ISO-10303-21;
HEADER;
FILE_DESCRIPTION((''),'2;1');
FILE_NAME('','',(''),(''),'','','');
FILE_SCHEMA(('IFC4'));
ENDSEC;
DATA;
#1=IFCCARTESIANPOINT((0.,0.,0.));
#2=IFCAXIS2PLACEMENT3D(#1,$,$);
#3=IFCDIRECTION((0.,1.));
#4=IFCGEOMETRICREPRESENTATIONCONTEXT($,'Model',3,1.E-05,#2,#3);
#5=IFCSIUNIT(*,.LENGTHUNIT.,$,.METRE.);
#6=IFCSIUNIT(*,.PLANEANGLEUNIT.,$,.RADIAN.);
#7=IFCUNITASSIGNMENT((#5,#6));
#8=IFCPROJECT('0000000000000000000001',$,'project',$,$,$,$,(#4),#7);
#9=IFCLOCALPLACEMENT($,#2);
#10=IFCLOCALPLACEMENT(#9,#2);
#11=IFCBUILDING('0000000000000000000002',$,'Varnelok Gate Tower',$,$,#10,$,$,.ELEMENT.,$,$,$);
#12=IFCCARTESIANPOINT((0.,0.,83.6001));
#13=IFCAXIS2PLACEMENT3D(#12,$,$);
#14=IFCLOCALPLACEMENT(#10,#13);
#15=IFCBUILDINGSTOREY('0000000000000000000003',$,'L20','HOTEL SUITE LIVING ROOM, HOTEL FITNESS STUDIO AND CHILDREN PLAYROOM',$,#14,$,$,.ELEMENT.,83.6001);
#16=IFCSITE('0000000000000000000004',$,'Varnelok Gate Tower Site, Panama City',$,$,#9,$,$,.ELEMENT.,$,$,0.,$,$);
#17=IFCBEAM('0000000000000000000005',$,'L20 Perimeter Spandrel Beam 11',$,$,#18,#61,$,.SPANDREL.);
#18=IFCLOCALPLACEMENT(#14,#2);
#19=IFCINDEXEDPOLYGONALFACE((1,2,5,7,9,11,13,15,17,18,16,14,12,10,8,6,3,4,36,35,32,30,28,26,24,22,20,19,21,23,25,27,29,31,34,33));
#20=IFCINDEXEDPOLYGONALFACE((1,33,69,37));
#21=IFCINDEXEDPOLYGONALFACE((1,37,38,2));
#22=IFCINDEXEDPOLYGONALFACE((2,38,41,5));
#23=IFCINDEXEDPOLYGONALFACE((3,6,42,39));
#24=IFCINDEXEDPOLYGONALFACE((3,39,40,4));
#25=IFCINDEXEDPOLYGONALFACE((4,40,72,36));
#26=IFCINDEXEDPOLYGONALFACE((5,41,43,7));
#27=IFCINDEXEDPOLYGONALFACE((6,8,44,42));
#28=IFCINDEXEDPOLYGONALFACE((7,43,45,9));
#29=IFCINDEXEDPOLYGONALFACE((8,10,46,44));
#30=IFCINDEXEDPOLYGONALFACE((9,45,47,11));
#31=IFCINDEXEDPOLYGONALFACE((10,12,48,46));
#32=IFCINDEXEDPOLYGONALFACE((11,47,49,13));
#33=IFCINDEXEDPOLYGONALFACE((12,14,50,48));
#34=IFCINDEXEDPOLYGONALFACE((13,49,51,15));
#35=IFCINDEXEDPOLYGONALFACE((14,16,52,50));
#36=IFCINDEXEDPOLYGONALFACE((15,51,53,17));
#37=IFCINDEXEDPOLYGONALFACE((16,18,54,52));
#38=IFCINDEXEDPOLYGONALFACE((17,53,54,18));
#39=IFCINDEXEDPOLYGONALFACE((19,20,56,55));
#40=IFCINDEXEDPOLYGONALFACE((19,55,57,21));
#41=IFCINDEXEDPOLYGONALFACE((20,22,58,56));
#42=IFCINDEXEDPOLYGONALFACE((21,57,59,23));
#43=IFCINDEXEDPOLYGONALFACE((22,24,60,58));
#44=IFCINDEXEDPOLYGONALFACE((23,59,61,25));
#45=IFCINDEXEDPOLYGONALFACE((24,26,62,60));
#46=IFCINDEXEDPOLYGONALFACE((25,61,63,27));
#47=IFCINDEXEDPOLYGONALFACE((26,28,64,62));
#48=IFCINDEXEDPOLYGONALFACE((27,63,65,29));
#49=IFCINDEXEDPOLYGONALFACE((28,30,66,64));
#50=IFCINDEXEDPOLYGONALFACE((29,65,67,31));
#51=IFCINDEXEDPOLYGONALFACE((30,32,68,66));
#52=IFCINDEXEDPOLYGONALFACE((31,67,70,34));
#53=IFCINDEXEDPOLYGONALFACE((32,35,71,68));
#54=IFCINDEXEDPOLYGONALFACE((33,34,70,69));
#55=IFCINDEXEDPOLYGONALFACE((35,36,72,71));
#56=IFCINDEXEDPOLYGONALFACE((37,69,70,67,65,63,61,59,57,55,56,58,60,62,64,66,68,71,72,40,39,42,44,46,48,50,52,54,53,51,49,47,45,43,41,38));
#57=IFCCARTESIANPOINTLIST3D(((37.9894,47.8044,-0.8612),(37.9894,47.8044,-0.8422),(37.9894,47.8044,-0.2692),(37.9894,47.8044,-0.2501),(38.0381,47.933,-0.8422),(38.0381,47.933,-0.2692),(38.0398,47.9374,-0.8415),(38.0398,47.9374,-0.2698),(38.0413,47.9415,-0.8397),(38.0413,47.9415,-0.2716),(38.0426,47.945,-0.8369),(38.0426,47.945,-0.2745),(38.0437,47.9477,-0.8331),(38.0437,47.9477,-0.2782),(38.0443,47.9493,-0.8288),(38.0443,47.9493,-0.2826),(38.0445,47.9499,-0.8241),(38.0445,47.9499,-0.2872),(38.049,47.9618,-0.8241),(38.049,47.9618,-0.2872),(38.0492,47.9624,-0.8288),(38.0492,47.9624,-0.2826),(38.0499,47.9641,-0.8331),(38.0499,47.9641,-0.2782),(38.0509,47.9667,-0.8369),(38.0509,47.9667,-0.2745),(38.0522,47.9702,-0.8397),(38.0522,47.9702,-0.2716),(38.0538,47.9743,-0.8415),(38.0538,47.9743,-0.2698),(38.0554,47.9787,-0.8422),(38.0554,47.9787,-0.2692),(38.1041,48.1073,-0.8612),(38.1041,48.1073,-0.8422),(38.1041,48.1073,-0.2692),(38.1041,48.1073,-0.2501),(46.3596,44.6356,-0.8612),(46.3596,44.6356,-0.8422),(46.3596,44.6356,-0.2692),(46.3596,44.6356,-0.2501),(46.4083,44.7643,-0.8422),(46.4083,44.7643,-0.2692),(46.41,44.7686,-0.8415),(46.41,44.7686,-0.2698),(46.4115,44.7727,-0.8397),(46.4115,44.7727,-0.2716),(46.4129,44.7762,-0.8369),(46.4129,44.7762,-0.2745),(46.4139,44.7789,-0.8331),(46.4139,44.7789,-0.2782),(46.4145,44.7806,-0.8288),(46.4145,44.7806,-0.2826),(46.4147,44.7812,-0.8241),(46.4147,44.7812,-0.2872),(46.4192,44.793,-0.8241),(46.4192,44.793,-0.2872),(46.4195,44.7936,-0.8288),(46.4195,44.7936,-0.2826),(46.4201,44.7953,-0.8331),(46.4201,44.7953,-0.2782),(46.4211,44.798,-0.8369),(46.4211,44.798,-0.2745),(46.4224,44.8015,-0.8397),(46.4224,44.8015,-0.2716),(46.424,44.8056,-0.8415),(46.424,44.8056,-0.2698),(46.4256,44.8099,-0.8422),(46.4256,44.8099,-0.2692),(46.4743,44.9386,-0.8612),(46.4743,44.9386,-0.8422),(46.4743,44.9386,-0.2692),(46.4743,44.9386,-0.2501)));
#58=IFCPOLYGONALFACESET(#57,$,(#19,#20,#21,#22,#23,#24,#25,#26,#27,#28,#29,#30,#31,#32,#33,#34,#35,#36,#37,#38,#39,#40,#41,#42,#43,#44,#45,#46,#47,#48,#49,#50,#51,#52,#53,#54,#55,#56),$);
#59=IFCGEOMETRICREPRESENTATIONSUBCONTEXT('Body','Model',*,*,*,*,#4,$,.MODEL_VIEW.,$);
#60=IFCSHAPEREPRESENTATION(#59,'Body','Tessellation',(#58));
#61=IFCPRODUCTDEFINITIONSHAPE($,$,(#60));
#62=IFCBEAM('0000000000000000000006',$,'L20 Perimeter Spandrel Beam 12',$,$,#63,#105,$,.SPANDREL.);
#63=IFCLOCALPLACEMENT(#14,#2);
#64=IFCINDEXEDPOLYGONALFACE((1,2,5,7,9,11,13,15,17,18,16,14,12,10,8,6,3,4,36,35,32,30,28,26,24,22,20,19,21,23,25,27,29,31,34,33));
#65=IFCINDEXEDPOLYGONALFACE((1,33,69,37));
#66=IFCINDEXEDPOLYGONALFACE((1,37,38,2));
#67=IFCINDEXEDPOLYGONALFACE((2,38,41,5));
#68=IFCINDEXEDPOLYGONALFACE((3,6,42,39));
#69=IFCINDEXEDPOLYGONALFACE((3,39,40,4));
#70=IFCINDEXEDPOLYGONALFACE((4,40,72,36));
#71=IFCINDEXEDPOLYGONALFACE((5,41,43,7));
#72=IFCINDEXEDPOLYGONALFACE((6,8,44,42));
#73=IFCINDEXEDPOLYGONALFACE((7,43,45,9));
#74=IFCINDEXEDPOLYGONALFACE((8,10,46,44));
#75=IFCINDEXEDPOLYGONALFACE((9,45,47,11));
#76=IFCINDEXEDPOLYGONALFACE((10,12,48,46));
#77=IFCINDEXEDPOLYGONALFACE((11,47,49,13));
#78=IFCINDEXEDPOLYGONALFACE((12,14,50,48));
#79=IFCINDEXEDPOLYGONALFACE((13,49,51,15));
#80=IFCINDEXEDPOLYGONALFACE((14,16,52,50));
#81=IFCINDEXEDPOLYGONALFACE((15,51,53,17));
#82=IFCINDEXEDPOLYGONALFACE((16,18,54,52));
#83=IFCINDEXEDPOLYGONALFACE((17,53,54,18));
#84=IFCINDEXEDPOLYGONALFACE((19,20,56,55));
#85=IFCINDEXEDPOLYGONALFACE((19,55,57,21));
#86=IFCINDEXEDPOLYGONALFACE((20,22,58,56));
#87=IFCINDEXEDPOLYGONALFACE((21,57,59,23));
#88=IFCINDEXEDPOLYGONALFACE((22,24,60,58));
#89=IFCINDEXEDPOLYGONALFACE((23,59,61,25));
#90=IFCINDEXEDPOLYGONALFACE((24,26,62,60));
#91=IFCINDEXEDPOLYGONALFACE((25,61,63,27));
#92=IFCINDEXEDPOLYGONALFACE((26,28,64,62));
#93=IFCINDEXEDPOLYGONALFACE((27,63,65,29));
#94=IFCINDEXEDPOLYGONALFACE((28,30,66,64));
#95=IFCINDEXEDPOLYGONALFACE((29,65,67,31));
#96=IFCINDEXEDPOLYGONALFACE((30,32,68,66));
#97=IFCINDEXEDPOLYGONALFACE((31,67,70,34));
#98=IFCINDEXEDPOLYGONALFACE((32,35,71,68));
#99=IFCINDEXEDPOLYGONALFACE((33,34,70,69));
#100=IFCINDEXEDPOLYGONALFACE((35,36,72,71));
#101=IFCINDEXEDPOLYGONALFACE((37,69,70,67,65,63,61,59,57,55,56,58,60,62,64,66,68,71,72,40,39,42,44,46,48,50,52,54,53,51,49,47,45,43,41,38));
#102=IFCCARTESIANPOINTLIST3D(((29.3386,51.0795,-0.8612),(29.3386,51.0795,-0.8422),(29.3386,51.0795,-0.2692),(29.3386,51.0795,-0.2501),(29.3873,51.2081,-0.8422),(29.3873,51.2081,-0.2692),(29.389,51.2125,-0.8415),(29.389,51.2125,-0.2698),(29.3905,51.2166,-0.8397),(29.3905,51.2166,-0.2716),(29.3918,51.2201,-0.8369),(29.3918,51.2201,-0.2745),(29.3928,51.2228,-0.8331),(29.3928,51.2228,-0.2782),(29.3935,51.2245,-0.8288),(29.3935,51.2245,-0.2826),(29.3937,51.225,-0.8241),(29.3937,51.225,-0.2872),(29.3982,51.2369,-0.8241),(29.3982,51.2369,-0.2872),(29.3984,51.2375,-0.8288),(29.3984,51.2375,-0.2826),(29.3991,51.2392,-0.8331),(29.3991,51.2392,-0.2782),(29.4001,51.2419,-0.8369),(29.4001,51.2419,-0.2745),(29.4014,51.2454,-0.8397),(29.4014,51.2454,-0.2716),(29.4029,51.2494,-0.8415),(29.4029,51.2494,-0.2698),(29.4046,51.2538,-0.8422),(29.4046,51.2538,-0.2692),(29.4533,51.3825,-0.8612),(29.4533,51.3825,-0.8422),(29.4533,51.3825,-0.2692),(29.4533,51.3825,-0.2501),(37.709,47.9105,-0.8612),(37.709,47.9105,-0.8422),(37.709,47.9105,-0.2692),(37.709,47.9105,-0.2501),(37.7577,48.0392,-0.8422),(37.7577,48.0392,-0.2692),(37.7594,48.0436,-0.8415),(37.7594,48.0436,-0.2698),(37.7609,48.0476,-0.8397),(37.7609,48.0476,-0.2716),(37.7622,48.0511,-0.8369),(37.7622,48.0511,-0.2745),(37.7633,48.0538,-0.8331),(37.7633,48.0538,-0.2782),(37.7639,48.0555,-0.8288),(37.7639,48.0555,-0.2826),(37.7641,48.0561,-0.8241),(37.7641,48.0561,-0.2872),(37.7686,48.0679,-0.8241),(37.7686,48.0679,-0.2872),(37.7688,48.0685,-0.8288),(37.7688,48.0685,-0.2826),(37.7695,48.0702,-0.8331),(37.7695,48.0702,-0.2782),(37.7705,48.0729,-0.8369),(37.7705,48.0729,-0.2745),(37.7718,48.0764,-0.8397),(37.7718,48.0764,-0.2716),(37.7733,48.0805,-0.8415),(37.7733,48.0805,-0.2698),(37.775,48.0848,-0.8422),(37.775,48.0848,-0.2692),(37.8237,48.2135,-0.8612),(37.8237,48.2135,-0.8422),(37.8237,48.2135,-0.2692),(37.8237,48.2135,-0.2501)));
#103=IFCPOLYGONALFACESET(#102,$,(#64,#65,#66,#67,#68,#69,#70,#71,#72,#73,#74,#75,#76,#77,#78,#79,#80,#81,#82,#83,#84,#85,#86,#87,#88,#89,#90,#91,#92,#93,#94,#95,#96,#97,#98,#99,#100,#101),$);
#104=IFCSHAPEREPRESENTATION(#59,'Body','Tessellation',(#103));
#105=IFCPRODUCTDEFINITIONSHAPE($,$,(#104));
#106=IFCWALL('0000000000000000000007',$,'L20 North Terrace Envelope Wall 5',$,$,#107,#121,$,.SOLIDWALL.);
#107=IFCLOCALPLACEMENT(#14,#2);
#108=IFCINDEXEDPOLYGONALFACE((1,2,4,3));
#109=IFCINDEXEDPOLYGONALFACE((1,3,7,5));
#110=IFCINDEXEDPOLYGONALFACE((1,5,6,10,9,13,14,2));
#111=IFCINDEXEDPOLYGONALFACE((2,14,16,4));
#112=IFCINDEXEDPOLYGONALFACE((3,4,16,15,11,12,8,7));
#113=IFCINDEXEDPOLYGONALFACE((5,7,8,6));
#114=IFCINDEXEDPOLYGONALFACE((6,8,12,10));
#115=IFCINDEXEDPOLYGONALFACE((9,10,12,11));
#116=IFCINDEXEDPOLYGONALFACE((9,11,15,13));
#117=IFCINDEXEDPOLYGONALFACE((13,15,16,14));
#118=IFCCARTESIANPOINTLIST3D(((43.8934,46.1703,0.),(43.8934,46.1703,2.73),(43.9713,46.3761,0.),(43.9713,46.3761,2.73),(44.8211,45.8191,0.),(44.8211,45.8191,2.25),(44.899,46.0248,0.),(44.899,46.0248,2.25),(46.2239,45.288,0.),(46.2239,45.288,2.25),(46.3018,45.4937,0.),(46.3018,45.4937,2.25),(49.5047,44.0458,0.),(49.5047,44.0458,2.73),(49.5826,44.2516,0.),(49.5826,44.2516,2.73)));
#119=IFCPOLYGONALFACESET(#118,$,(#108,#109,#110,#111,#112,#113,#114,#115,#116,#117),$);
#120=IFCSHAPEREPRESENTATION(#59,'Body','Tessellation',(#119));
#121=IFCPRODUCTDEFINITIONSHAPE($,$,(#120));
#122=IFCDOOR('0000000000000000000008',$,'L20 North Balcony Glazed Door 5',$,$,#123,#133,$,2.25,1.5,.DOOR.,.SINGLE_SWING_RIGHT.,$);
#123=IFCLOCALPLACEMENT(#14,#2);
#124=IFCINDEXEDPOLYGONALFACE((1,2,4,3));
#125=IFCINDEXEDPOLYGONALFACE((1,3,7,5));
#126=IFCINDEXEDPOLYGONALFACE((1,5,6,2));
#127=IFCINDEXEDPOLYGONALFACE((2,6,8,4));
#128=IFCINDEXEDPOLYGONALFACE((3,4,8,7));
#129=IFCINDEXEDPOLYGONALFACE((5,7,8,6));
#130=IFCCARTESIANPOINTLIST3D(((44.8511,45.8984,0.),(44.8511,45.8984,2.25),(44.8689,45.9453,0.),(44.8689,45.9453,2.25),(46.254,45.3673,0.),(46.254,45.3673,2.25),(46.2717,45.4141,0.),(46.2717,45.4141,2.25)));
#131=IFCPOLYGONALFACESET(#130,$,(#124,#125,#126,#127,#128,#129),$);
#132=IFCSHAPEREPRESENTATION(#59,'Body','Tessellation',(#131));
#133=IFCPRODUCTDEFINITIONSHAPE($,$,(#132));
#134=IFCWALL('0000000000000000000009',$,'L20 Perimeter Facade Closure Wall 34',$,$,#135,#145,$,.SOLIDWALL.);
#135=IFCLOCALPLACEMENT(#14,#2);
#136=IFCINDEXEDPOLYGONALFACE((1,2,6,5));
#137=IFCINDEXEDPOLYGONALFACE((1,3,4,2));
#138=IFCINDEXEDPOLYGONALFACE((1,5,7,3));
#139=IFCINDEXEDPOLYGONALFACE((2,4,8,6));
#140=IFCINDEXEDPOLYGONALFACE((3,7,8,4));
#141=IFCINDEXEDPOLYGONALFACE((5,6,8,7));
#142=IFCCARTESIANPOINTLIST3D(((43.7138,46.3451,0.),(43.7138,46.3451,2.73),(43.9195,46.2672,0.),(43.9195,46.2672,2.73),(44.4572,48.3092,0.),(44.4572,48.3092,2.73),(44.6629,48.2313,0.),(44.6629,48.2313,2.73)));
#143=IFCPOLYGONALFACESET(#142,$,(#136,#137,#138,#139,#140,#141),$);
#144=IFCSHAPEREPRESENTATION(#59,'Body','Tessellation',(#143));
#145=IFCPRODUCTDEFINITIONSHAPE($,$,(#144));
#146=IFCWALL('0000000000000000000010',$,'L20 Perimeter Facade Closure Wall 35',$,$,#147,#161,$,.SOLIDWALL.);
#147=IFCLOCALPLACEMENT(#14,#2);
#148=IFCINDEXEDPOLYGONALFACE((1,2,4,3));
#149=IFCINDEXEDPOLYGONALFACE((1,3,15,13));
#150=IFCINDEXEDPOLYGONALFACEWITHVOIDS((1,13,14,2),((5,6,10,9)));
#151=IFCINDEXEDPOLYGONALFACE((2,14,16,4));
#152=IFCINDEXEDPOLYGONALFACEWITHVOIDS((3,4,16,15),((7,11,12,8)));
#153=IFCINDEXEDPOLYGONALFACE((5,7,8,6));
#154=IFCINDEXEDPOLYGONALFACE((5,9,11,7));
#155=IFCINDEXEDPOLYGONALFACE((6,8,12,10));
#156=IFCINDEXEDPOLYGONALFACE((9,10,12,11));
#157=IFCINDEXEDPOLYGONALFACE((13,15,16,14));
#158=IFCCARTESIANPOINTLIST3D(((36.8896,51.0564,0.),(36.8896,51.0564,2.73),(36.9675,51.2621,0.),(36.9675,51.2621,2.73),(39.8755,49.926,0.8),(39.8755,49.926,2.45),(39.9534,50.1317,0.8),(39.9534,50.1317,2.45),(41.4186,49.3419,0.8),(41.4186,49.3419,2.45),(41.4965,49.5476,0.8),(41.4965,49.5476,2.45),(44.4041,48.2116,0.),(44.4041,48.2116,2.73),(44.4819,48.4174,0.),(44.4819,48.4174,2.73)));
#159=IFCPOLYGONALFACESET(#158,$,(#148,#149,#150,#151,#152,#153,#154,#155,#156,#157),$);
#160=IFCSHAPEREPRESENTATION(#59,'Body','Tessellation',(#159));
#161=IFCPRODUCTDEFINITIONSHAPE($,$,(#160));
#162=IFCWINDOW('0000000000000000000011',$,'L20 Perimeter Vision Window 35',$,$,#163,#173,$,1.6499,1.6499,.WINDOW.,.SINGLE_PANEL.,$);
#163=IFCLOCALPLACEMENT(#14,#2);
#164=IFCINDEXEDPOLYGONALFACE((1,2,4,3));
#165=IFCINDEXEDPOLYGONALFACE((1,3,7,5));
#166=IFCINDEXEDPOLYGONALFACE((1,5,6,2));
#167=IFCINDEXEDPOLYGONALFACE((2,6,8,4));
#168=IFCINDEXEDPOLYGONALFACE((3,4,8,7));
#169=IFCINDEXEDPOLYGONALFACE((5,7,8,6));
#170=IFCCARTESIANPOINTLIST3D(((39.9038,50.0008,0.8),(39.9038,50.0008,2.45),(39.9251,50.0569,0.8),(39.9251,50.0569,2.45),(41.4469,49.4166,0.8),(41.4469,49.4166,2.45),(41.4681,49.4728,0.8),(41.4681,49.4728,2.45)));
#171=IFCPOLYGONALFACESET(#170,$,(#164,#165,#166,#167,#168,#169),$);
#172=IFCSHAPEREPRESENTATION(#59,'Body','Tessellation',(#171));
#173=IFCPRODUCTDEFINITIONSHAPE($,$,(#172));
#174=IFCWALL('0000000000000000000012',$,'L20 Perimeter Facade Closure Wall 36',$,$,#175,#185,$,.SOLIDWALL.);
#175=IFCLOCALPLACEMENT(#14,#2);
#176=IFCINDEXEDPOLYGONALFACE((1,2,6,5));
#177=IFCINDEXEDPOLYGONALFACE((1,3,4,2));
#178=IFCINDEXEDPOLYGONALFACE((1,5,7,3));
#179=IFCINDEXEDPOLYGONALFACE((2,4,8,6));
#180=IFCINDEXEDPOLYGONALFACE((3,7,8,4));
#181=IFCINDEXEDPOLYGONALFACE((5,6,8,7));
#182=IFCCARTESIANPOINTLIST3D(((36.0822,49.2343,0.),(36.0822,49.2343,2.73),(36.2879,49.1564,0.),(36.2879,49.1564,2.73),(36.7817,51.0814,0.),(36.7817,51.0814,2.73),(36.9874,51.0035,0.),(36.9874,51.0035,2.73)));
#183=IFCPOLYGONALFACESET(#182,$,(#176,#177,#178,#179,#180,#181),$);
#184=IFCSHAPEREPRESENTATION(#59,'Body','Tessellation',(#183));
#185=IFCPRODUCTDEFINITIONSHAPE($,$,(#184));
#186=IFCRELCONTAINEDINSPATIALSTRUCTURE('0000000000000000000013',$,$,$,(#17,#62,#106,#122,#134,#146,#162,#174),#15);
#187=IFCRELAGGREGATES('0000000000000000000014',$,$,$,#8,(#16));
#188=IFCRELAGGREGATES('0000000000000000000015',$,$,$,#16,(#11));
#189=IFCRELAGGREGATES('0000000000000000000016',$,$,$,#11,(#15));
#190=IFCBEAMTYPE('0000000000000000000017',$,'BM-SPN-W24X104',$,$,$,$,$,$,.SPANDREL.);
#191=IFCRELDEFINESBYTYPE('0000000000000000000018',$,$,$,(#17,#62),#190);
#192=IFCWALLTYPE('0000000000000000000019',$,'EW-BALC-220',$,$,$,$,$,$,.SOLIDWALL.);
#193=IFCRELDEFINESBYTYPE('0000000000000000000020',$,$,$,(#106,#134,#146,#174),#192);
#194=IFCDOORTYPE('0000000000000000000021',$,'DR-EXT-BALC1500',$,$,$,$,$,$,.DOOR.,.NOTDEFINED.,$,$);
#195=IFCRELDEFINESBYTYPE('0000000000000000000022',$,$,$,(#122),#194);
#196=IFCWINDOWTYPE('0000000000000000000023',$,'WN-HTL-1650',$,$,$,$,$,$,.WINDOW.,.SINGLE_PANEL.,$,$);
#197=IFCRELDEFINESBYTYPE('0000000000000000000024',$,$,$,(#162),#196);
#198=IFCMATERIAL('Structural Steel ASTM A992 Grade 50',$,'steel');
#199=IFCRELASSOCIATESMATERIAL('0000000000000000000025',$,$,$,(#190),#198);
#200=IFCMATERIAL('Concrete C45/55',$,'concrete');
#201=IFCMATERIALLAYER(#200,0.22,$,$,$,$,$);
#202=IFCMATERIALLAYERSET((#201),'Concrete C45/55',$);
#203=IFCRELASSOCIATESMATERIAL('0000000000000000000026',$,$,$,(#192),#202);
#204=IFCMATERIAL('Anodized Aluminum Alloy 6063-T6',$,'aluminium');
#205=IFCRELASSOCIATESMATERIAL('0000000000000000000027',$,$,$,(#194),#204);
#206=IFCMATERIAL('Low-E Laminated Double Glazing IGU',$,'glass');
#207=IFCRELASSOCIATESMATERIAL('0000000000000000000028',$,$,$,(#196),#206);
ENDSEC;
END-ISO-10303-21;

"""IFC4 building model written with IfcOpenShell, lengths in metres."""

from ifc_helpers import new_model, si_unit, direction, frame, frame_2d, origin, origin_2d, place, context, subcontext, project, spatial, rectangle, i_section, extrude, material, layer, layer_set, material_profile, profile_set, type_object, element, fill, save


model = new_model("IFC4")

# Units and contexts
model_context = context("Model", 3, precision=1e-05, world=origin(), true_north=direction((0.0, 1.0)))
body_context = subcontext(model_context, "Body", "Model", "MODEL_VIEW")
ifc_project = project(units=[si_unit("LENGTHUNIT", "METRE"), si_unit("PLANEANGLEUNIT", "RADIAN")], contexts=[model_context])

# Site, building, storey
site_placement = place(None, origin())
site = spatial("IfcSite", under=ifc_project, at=site_placement, Name="Varnelok Gate Tower Site, Panama City", CompositionType="ELEMENT", RefElevation=0.0)
building_placement = place(site_placement, origin())
building = spatial("IfcBuilding", under=site, at=building_placement, Name="Varnelok Gate Tower", CompositionType="ELEMENT")
storey_placement = place(building_placement, frame((0.0, 0.0, 83.6001)))
storey = spatial("IfcBuildingStorey", under=building, at=storey_placement, Name="L20", Description="HOTEL SUITE LIVING ROOM, HOTEL FITNESS STUDIO AND CHILDREN PLAYROOM", CompositionType="ELEMENT", Elevation=83.6001)

# Shared definitions
ifc_material_1 = material(Name="Structural Steel ASTM A992 Grade 50", Category="steel")

# Beams
ifc_material_profile_1 = material_profile(ifc_material_1, i_section(OverallWidth=0.324, OverallDepth=0.6111, WebThickness=0.0127, FlangeThickness=0.019, FilletRadius=0.0181, at=origin_2d()), Name="W24X104")
ifc_profile_set_1 = profile_set([ifc_material_profile_1], Name="Structural Steel ASTM A992 Grade 50")
beam_type_1 = type_object("IfcBeamType", Name="BM-SPN-W24X104", PredefinedType="SPANDREL", material=ifc_profile_set_1)
beam_1_placement = place(storey_placement, frame((46.417, 44.7871, -0.5557), z_axis=(-0.935226, 0.354051, 0.0), x_axis=(-0.354051, -0.935226, 0.0)))
element("IfcBeam", 1, at=beam_1_placement, inside=storey, type_object=beam_type_1, Name="L20 Perimeter Spandrel Beam 11", PredefinedType="SPANDREL", context=body_context, shape_type="SweptSolid", body=[
    extrude(i_section(OverallWidth=0.324, OverallDepth=0.6111, WebThickness=0.0127, FlangeThickness=0.019, FilletRadius=0.0181, at=origin_2d()), origin(), (0.0, 0.0, 1.0), 8.95),
])
beam_2_placement = place(storey_placement, frame((37.7664, 48.062, -0.5557), z_axis=(-0.93522, 0.354066, 0.0), x_axis=(-0.354066, -0.93522, 0.0)))
element("IfcBeam", 2, at=beam_2_placement, inside=storey, type_object=beam_type_1, Name="L20 Perimeter Spandrel Beam 12", PredefinedType="SPANDREL", context=body_context, shape_type="SweptSolid", body=[
    extrude(i_section(OverallWidth=0.324, OverallDepth=0.6111, WebThickness=0.0127, FlangeThickness=0.019, FilletRadius=0.0181, at=origin_2d()), origin(), (0.0, 0.0, 1.0), 8.9502),
])

# Wall, opening, door
ifc_material_2 = material(Name="Concrete C45/55", Category="concrete")
ifc_layer_1 = layer(ifc_material_2, 0.22)
ifc_layer_set_1 = layer_set([ifc_layer_1], Name="Concrete C45/55")
wall_type_1 = type_object("IfcWallType", Name="EW-BALC-220", PredefinedType="SOLIDWALL", material=ifc_layer_set_1)
wall_1_placement = place(storey_placement, frame((43.9324, 46.2732, 0.0), z_axis=(0.0, 0.0, 1.0), x_axis=(0.935214, -0.354083, 0.0)))
wall_1 = element("IfcWall", 3, at=wall_1_placement, inside=storey, type_object=wall_type_1, Name="L20 North Terrace Envelope Wall 5", PredefinedType="SOLIDWALL", context=body_context, shape_type="SweptSolid", body=[
    extrude(rectangle(XDim=6.0, YDim=0.22, at=frame_2d((3.0, 0.0))), origin(), (0.0, 0.0, 1.0), 2.73),
])
opening_1_placement = place(wall_1_placement, frame((0.9919, 0.0, 0.0)))
opening_1 = element("IfcOpeningElement", 4, at=opening_1_placement, cuts=wall_1, PredefinedType="OPENING", context=body_context, shape_type="SweptSolid", body=[
    extrude(rectangle(XDim=1.5, YDim=2.25, at=frame_2d((0.75, 1.125))), frame((0.0, 0.1199, 0.0), z_axis=(0.0, -1.0, 0.0), x_axis=(1.0, 0.0, 0.0)), (0.0, 0.0, 1.0), 0.24),
])
ifc_material_3 = material(Name="Anodized Aluminum Alloy 6063-T6", Category="aluminium")
door_type_1 = type_object("IfcDoorType", Name="DR-EXT-BALC1500", OperationType="NOTDEFINED", PredefinedType="DOOR", material=ifc_material_3)
door_1_placement = place(opening_1_placement, origin())
door_1 = element("IfcDoor", 5, at=door_1_placement, inside=storey, type_object=door_type_1, Name="L20 North Balcony Glazed Door 5", OperationType="SINGLE_SWING_RIGHT", OverallHeight=2.25, OverallWidth=1.5, PredefinedType="DOOR", context=body_context, shape_type="SweptSolid", body=[
    extrude(rectangle(XDim=1.5, YDim=2.25, at=frame_2d((0.75, 1.125))), frame((0.0, 0.0249, 0.0), z_axis=(0.0, -1.0, 0.0), x_axis=(1.0, 0.0, 0.0)), (0.0, 0.0, 1.0), 0.05),
])
fill(opening_1, door_1)

# Wall
wall_2_placement = place(storey_placement, frame((43.8167, 46.3062, 0.0), z_axis=(0.0, 0.0, 1.0), x_axis=(0.353988, 0.93525, 0.0)))
element("IfcWall", 6, at=wall_2_placement, inside=storey, type_object=wall_type_1, Name="L20 Perimeter Facade Closure Wall 34", PredefinedType="SOLIDWALL", context=body_context, shape_type="SweptSolid", body=[
    extrude(rectangle(XDim=2.1001, YDim=0.22, at=frame_2d((1.05, 0.0))), origin(), (0.0, 0.0, 1.0), 2.73),
])

# Wall, opening, window
wall_3_placement = place(storey_placement, frame((44.4431, 48.3145, 0.0), z_axis=(0.0, 0.0, 1.0), x_axis=(-0.935227, 0.354049, 0.0)))
wall_3 = element("IfcWall", 7, at=wall_3_placement, inside=storey, type_object=wall_type_1, Name="L20 Perimeter Facade Closure Wall 35", PredefinedType="SOLIDWALL", context=body_context, shape_type="SweptSolid", body=[
    extrude(rectangle(XDim=8.0349, YDim=0.22, at=frame_2d((4.0176, 0.0))), origin(), (0.0, 0.0, 1.0), 2.73),
])
opening_2_placement = place(wall_3_placement, frame((3.1924, 0.0, 0.8)))
opening_2 = element("IfcOpeningElement", 8, at=opening_2_placement, cuts=wall_3, PredefinedType="OPENING", context=body_context, shape_type="SweptSolid", body=[
    extrude(rectangle(XDim=1.6499, YDim=1.6499, at=frame_2d((0.825, 0.825))), frame((0.0, 0.1199, 0.0), z_axis=(0.0, -1.0, 0.0), x_axis=(1.0, 0.0, 0.0)), (0.0, 0.0, 1.0), 0.24),
])
ifc_material_4 = material(Name="Low-E Laminated Double Glazing IGU", Category="glass")
window_type = type_object("IfcWindowType", Name="WN-HTL-1650", PartitioningType="SINGLE_PANEL", PredefinedType="WINDOW", material=ifc_material_4)
window_placement = place(opening_2_placement, origin())
window = element("IfcWindow", 9, at=window_placement, inside=storey, type_object=window_type, Name="L20 Perimeter Vision Window 35", OverallHeight=1.6499, OverallWidth=1.6499, PartitioningType="SINGLE_PANEL", PredefinedType="WINDOW", context=body_context, shape_type="SweptSolid", body=[
    extrude(rectangle(XDim=1.6499, YDim=1.6499, at=frame_2d((0.825, 0.825))), frame((0.0, 0.03, 0.0), z_axis=(0.0, -1.0, 0.0), x_axis=(1.0, 0.0, 0.0)), (0.0, 0.0, 1.0), 0.0601),
])
fill(opening_2, window)

# Wall
wall_4_placement = place(storey_placement, frame((36.8845, 51.0425, 0.0), z_axis=(0.0, 0.0, 1.0), x_axis=(-0.354129, -0.935197, 0.0)))
element("IfcWall", 10, at=wall_4_placement, inside=storey, type_object=wall_type_1, Name="L20 Perimeter Facade Closure Wall 36", PredefinedType="SOLIDWALL", context=body_context, shape_type="SweptSolid", body=[
    extrude(rectangle(XDim=1.9751, YDim=0.22, at=frame_2d((0.9875, 0.0))), origin(), (0.0, 0.0, 1.0), 2.73),
])

save(model, "model.ifc")
